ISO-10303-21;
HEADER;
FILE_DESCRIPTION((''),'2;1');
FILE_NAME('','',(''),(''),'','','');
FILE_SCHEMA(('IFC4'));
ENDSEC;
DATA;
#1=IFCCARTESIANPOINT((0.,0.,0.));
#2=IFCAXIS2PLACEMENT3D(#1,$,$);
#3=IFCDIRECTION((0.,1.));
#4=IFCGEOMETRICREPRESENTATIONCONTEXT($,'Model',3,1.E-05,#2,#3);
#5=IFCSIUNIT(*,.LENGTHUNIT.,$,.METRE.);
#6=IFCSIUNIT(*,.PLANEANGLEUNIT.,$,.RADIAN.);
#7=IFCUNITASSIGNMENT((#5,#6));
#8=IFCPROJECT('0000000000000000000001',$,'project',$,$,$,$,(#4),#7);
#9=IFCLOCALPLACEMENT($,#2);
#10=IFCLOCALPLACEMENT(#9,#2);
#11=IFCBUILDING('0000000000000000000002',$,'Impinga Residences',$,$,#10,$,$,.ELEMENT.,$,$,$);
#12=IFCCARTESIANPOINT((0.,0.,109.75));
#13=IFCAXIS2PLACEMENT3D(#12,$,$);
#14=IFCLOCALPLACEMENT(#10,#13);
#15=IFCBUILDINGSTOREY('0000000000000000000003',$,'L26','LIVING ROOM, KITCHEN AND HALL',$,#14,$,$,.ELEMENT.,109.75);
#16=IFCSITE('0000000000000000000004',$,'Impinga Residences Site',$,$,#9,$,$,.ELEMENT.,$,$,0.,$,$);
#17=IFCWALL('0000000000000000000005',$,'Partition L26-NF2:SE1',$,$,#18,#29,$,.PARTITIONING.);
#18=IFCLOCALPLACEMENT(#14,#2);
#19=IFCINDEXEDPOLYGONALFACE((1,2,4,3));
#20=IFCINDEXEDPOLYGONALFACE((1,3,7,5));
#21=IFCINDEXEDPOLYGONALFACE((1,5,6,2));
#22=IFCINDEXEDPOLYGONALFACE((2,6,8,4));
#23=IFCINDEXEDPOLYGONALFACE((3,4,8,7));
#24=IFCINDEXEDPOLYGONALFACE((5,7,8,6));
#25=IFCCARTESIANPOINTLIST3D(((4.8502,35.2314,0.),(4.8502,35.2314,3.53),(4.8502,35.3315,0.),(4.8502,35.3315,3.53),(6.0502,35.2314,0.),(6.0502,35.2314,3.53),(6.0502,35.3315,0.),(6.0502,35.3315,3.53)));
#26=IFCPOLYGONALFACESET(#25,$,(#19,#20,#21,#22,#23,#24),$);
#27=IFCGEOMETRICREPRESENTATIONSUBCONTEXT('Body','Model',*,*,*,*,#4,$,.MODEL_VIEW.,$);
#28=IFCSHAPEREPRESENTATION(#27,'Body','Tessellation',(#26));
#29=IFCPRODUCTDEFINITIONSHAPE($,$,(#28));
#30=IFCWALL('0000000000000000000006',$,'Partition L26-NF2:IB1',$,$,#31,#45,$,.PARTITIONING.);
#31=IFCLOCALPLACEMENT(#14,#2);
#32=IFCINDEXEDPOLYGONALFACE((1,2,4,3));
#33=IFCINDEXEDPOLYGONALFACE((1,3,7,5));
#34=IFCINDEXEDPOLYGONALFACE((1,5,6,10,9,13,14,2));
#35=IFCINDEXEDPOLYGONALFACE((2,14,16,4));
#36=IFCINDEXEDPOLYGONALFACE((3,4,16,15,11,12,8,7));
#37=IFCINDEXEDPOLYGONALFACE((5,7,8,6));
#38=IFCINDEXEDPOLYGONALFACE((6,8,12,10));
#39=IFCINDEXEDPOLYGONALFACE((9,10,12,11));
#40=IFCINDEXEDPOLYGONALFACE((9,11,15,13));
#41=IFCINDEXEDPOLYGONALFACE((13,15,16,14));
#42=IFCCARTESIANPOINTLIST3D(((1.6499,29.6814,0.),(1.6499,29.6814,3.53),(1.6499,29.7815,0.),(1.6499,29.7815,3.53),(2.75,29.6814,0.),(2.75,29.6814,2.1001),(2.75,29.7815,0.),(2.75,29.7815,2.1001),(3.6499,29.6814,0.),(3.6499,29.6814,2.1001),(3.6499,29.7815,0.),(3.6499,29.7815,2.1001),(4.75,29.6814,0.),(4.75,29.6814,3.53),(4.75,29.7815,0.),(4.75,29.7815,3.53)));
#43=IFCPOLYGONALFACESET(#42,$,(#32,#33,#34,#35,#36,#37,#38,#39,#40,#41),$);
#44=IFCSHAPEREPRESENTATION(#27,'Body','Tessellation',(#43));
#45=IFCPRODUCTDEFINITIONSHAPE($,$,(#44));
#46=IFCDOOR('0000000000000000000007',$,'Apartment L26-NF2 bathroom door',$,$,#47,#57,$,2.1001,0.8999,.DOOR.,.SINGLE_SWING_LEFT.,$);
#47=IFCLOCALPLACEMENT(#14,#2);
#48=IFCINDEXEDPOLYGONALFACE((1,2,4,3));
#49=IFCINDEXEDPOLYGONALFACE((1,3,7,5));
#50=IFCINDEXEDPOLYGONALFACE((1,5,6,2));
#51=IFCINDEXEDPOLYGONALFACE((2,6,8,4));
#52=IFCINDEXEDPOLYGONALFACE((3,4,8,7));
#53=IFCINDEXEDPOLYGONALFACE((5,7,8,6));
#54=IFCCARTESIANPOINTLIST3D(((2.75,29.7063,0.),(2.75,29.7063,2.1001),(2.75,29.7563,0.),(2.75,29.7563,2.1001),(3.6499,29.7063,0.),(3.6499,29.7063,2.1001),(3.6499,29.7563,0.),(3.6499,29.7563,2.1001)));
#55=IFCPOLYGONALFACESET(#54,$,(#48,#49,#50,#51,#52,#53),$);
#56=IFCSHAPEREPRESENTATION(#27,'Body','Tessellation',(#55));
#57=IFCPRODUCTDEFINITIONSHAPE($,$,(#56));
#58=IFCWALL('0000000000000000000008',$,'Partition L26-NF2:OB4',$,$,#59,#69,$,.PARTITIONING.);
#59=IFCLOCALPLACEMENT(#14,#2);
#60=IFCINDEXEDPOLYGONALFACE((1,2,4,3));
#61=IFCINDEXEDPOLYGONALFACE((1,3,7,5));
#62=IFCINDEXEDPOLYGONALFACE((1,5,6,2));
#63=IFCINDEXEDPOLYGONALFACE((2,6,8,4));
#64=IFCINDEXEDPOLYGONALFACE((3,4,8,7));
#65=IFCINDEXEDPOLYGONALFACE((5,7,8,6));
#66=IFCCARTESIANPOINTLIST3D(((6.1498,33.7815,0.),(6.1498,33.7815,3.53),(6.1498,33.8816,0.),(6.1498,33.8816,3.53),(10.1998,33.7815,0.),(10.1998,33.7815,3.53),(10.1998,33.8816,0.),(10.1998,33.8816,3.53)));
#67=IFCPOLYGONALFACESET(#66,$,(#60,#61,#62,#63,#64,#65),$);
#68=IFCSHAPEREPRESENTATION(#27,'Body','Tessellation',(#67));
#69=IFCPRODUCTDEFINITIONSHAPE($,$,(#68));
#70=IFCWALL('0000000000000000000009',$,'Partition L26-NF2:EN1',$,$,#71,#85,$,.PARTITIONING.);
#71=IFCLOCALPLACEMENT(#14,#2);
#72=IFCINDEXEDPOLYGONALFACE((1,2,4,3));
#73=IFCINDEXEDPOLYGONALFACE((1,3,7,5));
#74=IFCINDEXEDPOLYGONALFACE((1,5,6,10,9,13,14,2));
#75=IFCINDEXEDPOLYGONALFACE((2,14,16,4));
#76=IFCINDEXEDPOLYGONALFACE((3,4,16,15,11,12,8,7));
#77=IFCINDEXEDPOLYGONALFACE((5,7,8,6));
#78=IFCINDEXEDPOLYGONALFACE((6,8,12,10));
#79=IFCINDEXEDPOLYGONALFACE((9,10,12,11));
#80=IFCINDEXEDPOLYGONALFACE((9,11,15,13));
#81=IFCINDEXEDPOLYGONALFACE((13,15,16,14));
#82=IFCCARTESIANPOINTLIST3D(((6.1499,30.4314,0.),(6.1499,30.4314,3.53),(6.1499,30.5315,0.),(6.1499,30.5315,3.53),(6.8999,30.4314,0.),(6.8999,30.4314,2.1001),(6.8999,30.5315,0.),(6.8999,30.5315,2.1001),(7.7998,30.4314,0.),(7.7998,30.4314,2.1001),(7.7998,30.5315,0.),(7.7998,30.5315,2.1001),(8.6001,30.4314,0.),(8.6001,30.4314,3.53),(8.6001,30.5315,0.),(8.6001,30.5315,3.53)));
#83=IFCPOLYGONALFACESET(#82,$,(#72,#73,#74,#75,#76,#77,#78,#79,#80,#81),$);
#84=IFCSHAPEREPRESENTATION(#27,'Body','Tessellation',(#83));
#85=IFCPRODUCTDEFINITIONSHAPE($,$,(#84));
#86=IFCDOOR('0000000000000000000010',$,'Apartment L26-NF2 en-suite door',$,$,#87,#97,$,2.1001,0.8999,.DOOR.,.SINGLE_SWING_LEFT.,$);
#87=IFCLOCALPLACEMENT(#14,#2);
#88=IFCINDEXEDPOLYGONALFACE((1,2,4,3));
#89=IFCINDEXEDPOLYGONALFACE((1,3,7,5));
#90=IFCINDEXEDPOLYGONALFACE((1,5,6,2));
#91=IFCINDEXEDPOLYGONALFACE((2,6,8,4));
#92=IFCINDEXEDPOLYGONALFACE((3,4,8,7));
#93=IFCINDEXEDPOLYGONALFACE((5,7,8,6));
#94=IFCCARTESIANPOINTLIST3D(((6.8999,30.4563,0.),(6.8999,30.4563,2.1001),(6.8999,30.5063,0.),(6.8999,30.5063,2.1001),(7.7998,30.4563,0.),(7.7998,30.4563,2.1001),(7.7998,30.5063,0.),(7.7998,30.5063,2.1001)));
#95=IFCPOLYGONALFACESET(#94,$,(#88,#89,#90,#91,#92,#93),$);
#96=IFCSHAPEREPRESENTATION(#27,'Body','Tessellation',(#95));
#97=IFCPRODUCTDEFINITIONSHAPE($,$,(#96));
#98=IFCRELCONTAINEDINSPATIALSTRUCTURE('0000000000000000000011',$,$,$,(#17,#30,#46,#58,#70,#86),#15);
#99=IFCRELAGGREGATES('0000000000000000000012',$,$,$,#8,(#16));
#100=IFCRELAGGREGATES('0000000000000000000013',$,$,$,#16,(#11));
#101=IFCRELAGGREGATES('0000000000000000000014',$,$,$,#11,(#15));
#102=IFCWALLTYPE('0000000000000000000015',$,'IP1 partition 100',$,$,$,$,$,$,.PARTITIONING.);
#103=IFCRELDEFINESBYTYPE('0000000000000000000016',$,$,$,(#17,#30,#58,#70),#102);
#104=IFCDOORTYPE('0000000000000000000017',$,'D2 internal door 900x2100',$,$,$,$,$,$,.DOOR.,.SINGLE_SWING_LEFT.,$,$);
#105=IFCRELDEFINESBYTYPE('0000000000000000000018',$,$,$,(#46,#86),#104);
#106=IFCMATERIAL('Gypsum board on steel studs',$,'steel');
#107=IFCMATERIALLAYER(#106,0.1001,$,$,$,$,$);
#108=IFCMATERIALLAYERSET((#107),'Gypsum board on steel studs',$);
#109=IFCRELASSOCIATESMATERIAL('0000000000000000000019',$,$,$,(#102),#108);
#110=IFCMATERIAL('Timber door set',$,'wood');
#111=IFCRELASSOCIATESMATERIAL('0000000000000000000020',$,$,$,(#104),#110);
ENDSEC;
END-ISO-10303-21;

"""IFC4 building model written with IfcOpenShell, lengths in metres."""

from ifc_helpers import new_model, si_unit, direction, frame, frame_2d, origin, place, context, subcontext, project, spatial, rectangle, extrude, material, layer, layer_set, type_object, element, fill, save


model = new_model("IFC4")

# Units and contexts
model_context = context("Model", 3, precision=1e-05, world=origin(), true_north=direction((0.0, 1.0)))
body_context = subcontext(model_context, "Body", "Model", "MODEL_VIEW")
ifc_project = project(units=[si_unit("LENGTHUNIT", "METRE"), si_unit("PLANEANGLEUNIT", "RADIAN")], contexts=[model_context])

# Site, building, storey
site_placement = place(None, origin())
site = spatial("IfcSite", under=ifc_project, at=site_placement, Name="Impinga Residences Site", CompositionType="ELEMENT", RefElevation=0.0)
building_placement = place(site_placement, origin())
building = spatial("IfcBuilding", under=site, at=building_placement, Name="Impinga Residences", CompositionType="ELEMENT")
storey_placement = place(building_placement, frame((0.0, 0.0, 109.75)))
storey = spatial("IfcBuildingStorey", under=building, at=storey_placement, Name="L26", Description="LIVING ROOM, KITCHEN AND HALL", CompositionType="ELEMENT", Elevation=109.75)

# Wall
ifc_material_1 = material(Name="Gypsum board on steel studs", Category="steel")
ifc_layer_1 = layer(ifc_material_1, 0.1001)
ifc_layer_set_1 = layer_set([ifc_layer_1], Name="Gypsum board on steel studs")
wall_type_1 = type_object("IfcWallType", Name="IP1 partition 100", PredefinedType="PARTITIONING", material=ifc_layer_set_1)
wall_1_placement = place(storey_placement, frame((4.8501, 35.2815, 0.0), z_axis=(0.0, 0.0, 1.0), x_axis=(1.0, 0.0, 0.0)))
element("IfcWall", 1, at=wall_1_placement, inside=storey, type_object=wall_type_1, Name="Partition L26-NF2:SE1", PredefinedType="PARTITIONING", context=body_context, shape_type="SweptSolid", body=[
    extrude(rectangle(XDim=1.2, YDim=0.1001, at=frame_2d((0.6001, 0.0))), origin(), (0.0, 0.0, 1.0), 3.53),
])

# Wall, opening, door
wall_2_placement = place(storey_placement, frame((1.6499, 29.7314, 0.0), z_axis=(0.0, 0.0, 1.0), x_axis=(1.0, 0.0, 0.0)))
wall_2 = element("IfcWall", 2, at=wall_2_placement, inside=storey, type_object=wall_type_1, Name="Partition L26-NF2:IB1", PredefinedType="PARTITIONING", context=body_context, shape_type="SweptSolid", body=[
    extrude(rectangle(XDim=3.1001, YDim=0.1001, at=frame_2d((1.55, 0.0))), origin(), (0.0, 0.0, 1.0), 3.53),
])
opening_1_placement = place(wall_2_placement, frame((1.1001, 0.0, 0.0)))
opening_1 = element("IfcOpeningElement", 3, at=opening_1_placement, cuts=wall_2, PredefinedType="OPENING", context=body_context, shape_type="SweptSolid", body=[
    extrude(rectangle(XDim=0.8999, YDim=2.1001, at=frame_2d((0.45, 1.05))), frame((0.0, 0.0601, 0.0), z_axis=(0.0, -1.0, 0.0), x_axis=(1.0, 0.0, 0.0)), (0.0, 0.0, 1.0), 0.1201),
])
ifc_material_2 = material(Name="Timber door set", Category="wood")
door_type = type_object("IfcDoorType", Name="D2 internal door 900x2100", OperationType="SINGLE_SWING_LEFT", PredefinedType="DOOR", material=ifc_material_2)
door_1_placement = place(opening_1_placement, origin())
door_1 = element("IfcDoor", 4, at=door_1_placement, inside=storey, type_object=door_type, Name="Apartment L26-NF2 bathroom door", OperationType="SINGLE_SWING_LEFT", OverallHeight=2.1001, OverallWidth=0.8999, PredefinedType="DOOR", context=body_context, shape_type="SweptSolid", body=[
    extrude(rectangle(XDim=0.8999, YDim=2.1001, at=frame_2d((0.45, 1.05))), frame((0.0, 0.0249, 0.0), z_axis=(0.0, -1.0, 0.0), x_axis=(1.0, 0.0, 0.0)), (0.0, 0.0, 1.0), 0.05),
])
fill(opening_1, door_1)

# Wall
wall_3_placement = place(storey_placement, frame((6.1499, 33.8315, 0.0), z_axis=(0.0, 0.0, 1.0), x_axis=(1.0, 0.0, 0.0)))
element("IfcWall", 5, at=wall_3_placement, inside=storey, type_object=wall_type_1, Name="Partition L26-NF2:OB4", PredefinedType="PARTITIONING", context=body_context, shape_type="SweptSolid", body=[
    extrude(rectangle(XDim=4.05, YDim=0.1001, at=frame_2d((2.0249, 0.0))), origin(), (0.0, 0.0, 1.0), 3.53),
])

# Wall, opening, door
wall_4_placement = place(storey_placement, frame((6.1499, 30.4814, 0.0), z_axis=(0.0, 0.0, 1.0), x_axis=(1.0, 0.0, 0.0)))
wall_4 = element("IfcWall", 6, at=wall_4_placement, inside=storey, type_object=wall_type_1, Name="Partition L26-NF2:EN1", PredefinedType="PARTITIONING", context=body_context, shape_type="SweptSolid", body=[
    extrude(rectangle(XDim=2.4502, YDim=0.1001, at=frame_2d((1.2251, 0.0))), origin(), (0.0, 0.0, 1.0), 3.53),
])
opening_2_placement = place(wall_4_placement, frame((0.75, 0.0, 0.0)))
opening_2 = element("IfcOpeningElement", 7, at=opening_2_placement, cuts=wall_4, PredefinedType="OPENING", context=body_context, shape_type="SweptSolid", body=[
    extrude(rectangle(XDim=0.8999, YDim=2.1001, at=frame_2d((0.45, 1.05))), frame((0.0, 0.0601, 0.0), z_axis=(0.0, -1.0, 0.0), x_axis=(1.0, 0.0, 0.0)), (0.0, 0.0, 1.0), 0.1201),
])
door_2_placement = place(opening_2_placement, origin())
door_2 = element("IfcDoor", 8, at=door_2_placement, inside=storey, type_object=door_type, Name="Apartment L26-NF2 en-suite door", OperationType="SINGLE_SWING_LEFT", OverallHeight=2.1001, OverallWidth=0.8999, PredefinedType="DOOR", context=body_context, shape_type="SweptSolid", body=[
    extrude(rectangle(XDim=0.8999, YDim=2.1001, at=frame_2d((0.45, 1.05))), frame((0.0, 0.0249, 0.0), z_axis=(0.0, -1.0, 0.0), x_axis=(1.0, 0.0, 0.0)), (0.0, 0.0, 1.0), 0.05),
])
fill(opening_2, door_2)

save(model, "model.ifc")
